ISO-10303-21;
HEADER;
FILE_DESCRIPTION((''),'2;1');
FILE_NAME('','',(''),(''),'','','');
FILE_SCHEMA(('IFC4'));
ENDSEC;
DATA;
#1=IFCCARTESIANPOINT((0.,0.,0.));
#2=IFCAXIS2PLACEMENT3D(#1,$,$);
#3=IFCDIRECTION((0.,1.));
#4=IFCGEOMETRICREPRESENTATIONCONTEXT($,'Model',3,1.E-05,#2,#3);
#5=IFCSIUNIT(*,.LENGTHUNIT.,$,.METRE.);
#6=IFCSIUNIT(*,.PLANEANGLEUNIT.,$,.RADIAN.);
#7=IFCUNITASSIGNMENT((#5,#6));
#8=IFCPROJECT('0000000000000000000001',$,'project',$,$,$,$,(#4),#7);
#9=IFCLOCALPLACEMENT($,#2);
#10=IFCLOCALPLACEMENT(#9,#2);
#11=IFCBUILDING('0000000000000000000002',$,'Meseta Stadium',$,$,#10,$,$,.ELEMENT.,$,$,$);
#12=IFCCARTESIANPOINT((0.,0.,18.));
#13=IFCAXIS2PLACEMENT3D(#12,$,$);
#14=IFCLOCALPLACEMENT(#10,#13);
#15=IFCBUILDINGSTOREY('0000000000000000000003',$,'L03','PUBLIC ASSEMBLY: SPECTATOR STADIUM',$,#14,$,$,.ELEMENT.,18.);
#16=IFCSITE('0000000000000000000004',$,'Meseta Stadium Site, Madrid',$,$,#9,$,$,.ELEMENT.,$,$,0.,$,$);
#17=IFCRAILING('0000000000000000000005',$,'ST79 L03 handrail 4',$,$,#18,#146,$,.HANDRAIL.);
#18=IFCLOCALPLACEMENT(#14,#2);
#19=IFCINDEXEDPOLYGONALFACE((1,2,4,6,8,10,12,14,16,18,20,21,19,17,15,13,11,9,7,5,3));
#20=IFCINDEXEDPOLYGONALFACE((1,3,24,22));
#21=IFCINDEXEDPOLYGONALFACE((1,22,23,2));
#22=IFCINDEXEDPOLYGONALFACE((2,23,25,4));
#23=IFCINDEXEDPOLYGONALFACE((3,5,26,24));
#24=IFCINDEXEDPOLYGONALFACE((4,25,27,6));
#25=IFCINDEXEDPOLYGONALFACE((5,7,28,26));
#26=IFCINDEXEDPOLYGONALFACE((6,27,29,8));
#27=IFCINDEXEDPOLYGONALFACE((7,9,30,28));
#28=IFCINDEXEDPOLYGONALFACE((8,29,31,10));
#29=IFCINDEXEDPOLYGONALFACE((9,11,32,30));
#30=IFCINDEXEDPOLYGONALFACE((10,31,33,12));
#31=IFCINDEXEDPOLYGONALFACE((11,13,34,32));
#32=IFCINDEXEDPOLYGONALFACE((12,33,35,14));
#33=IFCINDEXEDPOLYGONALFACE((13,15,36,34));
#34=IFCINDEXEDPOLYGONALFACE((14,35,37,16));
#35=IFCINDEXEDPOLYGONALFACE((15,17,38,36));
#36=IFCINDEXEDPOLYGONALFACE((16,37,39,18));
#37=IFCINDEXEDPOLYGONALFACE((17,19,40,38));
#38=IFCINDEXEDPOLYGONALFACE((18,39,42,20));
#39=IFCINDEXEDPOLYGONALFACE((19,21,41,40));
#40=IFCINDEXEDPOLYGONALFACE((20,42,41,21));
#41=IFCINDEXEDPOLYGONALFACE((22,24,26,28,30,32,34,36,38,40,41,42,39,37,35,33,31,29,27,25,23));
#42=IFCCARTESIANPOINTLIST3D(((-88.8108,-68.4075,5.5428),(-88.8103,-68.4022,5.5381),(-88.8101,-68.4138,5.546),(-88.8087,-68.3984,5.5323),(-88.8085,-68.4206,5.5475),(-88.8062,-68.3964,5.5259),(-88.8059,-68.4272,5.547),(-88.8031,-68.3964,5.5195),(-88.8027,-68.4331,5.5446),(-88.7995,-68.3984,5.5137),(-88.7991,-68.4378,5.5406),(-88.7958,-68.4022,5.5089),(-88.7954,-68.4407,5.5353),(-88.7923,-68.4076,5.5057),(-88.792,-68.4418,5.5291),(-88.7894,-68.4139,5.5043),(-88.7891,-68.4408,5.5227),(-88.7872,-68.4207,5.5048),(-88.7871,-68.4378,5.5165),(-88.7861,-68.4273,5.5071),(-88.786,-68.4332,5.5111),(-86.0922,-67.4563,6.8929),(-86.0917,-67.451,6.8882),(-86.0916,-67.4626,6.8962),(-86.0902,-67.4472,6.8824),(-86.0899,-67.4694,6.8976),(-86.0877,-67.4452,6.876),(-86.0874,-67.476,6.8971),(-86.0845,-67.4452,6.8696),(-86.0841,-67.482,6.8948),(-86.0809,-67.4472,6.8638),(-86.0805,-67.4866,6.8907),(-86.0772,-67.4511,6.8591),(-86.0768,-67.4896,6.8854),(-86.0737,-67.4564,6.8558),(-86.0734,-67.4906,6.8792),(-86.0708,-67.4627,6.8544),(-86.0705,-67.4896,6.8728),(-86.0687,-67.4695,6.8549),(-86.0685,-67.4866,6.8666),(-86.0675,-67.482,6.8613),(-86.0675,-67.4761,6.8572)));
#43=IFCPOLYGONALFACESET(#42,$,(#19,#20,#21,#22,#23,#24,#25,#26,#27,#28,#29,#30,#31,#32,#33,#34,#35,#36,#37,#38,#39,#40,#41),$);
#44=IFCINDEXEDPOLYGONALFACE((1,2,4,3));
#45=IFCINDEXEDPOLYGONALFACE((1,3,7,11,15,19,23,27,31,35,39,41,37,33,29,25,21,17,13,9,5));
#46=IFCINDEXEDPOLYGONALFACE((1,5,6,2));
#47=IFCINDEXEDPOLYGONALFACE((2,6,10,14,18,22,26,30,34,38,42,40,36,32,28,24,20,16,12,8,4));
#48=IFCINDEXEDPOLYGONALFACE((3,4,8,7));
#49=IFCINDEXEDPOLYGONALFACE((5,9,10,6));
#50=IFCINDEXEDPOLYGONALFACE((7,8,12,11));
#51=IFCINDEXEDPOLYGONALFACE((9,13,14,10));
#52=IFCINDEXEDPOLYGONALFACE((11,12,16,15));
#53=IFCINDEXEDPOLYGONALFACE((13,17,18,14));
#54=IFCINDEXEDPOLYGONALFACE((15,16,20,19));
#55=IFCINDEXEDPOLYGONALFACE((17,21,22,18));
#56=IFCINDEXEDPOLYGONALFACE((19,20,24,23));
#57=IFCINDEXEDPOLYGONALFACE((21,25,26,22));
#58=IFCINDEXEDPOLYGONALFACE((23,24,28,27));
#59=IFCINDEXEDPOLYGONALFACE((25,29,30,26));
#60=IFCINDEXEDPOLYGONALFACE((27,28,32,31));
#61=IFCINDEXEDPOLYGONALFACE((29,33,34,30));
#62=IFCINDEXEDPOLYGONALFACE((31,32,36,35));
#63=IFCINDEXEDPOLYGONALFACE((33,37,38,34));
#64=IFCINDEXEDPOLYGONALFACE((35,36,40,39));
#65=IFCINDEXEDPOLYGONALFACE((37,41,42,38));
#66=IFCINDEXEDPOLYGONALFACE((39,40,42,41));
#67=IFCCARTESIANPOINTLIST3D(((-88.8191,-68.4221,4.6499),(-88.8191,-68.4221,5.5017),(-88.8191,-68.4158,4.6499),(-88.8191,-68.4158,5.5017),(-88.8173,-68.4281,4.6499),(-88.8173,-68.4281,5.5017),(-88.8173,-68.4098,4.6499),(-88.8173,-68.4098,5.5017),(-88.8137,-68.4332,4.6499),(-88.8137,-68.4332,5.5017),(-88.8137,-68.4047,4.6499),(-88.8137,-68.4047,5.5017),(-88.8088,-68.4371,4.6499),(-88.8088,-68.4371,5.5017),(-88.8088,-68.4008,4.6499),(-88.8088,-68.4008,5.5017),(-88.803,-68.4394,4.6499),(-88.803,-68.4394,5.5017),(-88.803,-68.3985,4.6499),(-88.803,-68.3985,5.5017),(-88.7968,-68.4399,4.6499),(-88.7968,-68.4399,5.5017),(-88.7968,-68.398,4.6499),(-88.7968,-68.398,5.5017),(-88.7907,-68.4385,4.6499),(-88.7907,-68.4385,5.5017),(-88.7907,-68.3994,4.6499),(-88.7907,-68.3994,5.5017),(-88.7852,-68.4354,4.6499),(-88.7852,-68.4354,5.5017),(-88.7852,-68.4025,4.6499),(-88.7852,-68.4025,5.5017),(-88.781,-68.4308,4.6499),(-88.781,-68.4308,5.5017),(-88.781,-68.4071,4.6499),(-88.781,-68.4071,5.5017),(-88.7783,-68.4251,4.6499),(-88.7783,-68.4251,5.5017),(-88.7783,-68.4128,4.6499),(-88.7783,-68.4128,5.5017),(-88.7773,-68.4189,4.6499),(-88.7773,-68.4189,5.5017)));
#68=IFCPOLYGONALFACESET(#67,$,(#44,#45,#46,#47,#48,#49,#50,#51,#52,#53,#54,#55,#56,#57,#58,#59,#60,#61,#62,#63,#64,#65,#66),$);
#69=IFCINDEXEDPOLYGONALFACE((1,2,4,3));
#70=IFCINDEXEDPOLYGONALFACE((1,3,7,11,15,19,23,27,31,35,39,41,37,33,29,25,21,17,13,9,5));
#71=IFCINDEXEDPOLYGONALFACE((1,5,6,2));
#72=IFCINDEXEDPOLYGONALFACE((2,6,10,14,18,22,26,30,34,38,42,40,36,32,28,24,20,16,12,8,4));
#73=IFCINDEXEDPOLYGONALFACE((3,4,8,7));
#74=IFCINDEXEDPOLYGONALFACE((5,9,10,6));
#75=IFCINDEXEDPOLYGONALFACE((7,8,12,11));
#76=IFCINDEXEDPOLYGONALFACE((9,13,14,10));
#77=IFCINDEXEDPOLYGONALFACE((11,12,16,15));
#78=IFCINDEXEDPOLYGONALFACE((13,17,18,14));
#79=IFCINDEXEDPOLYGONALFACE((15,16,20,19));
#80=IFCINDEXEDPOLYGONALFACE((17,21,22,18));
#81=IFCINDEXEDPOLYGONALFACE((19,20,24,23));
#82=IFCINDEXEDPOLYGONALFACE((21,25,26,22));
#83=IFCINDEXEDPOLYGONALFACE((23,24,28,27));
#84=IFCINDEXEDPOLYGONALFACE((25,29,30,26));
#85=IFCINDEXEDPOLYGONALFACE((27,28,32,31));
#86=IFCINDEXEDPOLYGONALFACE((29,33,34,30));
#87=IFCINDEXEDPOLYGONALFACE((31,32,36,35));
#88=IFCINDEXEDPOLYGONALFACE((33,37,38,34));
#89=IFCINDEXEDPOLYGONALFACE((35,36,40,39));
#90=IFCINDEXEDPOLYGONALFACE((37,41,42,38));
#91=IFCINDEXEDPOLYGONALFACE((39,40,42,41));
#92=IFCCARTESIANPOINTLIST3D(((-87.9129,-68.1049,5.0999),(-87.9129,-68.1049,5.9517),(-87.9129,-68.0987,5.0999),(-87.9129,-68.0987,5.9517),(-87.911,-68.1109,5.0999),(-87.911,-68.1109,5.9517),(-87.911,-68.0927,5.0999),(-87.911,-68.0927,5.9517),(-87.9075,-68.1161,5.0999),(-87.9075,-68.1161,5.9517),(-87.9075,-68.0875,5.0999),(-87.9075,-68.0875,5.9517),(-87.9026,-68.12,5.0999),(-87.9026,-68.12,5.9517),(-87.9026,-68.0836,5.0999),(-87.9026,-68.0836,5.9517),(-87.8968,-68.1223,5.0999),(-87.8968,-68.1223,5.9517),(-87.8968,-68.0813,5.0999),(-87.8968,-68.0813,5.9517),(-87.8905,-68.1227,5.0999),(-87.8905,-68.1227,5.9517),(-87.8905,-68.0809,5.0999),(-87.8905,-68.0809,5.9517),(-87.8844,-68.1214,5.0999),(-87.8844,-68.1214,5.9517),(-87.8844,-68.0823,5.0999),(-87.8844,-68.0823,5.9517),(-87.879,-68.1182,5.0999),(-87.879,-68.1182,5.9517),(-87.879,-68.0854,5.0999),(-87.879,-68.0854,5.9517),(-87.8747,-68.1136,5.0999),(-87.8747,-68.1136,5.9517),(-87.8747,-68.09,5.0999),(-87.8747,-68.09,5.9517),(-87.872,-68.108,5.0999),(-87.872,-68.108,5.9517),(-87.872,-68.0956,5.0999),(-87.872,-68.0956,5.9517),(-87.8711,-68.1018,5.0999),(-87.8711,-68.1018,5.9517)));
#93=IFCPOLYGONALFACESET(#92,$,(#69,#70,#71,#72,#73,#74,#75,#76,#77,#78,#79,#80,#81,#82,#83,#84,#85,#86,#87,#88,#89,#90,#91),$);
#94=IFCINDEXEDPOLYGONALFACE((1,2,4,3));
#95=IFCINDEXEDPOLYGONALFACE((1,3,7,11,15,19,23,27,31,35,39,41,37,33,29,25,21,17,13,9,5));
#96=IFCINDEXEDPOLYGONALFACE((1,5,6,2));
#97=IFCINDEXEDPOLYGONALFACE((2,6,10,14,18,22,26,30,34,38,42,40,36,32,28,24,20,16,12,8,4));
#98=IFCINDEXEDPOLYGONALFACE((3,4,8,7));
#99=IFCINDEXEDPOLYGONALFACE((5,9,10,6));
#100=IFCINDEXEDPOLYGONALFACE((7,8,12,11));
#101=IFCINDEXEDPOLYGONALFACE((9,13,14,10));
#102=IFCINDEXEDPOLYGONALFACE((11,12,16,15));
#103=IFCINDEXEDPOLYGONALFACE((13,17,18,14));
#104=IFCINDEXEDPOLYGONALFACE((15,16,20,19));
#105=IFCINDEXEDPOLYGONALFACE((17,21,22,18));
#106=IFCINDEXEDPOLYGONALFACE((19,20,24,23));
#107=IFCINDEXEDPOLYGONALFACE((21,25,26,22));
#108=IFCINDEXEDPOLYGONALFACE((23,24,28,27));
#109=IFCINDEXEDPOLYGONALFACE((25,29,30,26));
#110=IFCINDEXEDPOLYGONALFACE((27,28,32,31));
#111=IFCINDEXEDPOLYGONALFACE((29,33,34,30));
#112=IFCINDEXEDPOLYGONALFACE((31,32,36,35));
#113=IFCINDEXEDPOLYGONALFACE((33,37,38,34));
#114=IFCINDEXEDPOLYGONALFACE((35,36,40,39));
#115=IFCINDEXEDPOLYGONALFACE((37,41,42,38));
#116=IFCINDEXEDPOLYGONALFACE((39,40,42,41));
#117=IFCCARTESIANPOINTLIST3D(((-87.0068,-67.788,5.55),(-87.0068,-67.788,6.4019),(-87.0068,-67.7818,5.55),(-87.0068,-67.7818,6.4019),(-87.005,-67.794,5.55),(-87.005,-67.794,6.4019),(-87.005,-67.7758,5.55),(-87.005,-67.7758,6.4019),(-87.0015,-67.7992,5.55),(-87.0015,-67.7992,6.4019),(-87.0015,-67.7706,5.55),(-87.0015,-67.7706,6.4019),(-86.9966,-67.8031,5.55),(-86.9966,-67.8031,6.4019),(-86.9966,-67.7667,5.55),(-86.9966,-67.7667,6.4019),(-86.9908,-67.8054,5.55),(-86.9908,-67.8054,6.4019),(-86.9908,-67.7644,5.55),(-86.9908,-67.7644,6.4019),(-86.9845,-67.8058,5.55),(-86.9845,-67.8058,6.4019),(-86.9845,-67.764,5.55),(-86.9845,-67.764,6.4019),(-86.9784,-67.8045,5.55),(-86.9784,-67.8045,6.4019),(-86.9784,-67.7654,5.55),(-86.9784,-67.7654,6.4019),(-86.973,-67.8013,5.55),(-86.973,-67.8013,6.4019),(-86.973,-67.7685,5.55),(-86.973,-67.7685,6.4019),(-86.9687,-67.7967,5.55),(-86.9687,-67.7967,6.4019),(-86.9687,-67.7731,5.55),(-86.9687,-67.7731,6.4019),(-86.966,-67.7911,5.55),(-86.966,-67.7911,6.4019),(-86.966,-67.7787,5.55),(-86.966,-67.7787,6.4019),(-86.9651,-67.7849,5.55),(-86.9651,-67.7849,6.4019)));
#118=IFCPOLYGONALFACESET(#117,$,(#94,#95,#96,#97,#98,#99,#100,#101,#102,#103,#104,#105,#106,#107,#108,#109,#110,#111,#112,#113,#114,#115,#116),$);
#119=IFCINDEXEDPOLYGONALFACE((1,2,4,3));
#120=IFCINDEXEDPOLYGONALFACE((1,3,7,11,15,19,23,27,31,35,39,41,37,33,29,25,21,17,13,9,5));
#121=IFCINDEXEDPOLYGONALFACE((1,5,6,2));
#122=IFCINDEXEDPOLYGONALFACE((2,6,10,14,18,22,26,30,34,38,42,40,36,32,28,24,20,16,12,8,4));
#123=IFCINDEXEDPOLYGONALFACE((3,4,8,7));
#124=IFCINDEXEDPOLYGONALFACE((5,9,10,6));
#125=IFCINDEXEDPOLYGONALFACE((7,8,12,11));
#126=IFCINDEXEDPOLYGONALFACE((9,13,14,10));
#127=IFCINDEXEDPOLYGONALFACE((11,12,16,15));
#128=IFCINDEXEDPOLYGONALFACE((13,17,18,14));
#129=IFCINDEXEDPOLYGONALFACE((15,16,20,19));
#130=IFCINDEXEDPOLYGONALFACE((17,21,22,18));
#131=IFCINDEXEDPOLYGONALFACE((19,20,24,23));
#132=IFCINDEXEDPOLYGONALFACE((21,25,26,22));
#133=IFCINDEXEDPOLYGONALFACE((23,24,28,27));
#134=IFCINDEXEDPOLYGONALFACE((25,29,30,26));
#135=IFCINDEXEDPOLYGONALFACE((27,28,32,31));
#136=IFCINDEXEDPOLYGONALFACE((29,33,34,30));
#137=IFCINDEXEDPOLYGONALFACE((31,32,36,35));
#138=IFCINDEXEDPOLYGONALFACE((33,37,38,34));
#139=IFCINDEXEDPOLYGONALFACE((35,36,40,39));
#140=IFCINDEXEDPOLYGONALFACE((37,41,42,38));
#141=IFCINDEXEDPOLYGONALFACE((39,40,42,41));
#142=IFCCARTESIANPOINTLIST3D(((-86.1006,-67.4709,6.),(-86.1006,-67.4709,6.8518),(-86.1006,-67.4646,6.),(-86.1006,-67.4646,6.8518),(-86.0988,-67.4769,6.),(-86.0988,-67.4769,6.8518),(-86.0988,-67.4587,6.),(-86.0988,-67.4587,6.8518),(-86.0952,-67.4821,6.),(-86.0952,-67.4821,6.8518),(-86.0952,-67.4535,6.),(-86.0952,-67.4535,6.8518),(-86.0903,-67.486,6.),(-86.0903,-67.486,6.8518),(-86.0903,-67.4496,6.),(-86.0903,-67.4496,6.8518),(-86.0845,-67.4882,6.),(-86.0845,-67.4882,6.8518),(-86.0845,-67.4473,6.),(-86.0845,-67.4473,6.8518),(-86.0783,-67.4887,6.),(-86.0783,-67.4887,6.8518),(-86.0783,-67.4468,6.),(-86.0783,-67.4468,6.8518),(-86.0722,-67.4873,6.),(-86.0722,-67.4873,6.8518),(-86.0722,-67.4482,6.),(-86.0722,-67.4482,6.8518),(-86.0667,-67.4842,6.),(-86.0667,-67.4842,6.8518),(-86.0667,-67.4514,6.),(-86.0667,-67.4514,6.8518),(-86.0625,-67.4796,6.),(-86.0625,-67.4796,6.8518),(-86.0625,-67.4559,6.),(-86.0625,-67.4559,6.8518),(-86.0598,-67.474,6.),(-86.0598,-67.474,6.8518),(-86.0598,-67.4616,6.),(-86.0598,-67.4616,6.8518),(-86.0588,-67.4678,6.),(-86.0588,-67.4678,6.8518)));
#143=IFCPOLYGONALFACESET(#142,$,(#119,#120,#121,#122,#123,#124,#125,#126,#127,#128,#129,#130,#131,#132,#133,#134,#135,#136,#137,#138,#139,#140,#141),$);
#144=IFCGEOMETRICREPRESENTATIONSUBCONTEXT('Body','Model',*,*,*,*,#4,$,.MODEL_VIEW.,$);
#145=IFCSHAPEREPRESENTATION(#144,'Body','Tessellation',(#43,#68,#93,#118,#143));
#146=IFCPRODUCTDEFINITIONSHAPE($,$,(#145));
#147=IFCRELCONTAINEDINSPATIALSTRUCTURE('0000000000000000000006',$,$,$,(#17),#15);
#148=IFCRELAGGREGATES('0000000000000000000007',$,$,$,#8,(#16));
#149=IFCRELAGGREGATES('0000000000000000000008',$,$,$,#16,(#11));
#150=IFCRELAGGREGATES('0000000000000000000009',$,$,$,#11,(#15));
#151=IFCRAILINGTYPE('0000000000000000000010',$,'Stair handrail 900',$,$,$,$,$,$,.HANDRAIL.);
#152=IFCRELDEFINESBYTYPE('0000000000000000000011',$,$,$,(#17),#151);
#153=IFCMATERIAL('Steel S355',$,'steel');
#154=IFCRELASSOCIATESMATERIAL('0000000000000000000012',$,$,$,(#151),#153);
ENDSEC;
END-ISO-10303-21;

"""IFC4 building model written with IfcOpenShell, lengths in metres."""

from ifc_helpers import new_model, si_unit, direction, frame, origin, origin_2d, place, context, subcontext, project, spatial, circle, extrude, material, type_object, element, save


model = new_model("IFC4")

# Units and contexts
model_context = context("Model", 3, precision=1e-05, world=origin(), true_north=direction((0.0, 1.0)))
body_context = subcontext(model_context, "Body", "Model", "MODEL_VIEW")
ifc_project = project(units=[si_unit("LENGTHUNIT", "METRE"), si_unit("PLANEANGLEUNIT", "RADIAN")], contexts=[model_context])

# Site, building, storey
site_placement = place(None, origin())
site = spatial("IfcSite", under=ifc_project, at=site_placement, Name="Meseta Stadium Site, Madrid", CompositionType="ELEMENT", RefElevation=0.0)
building_placement = place(site_placement, origin())
building = spatial("IfcBuilding", under=site, at=building_placement, Name="Meseta Stadium", CompositionType="ELEMENT")
storey_placement = place(building_placement, frame((0.0, 0.0, 18.0)))
storey = spatial("IfcBuildingStorey", under=building, at=storey_placement, Name="L03", Description="PUBLIC ASSEMBLY: SPECTATOR STADIUM", CompositionType="ELEMENT", Elevation=18.0)

# Railing
ifc_material_1 = material(Name="Steel S355", Category="steel")
railing_type_1 = type_object("IfcRailingType", Name="Stair handrail 900", PredefinedType="HANDRAIL", material=ifc_material_1)
for number, where, name in (
    (1, (-88.7983, -68.4189, 4.6499), "ST79 L03 handrail 4"),
):
    element("IfcRailing", number, at=place(storey_placement, frame(where)), inside=storey, type_object=railing_type_1, Name=name, PredefinedType="HANDRAIL", context=body_context, shape_type="SweptSolid", body=[
        extrude(circle(Radius=0.0239, at=origin_2d()), frame((0.0, 0.0, 0.876), z_axis=(0.854649, 0.299031, 0.424446), x_axis=(-0.330256, 0.943891, 0.0)), (0.0, 0.0, 1.0), 3.1809),
        extrude(circle(Radius=0.021, at=origin_2d()), origin(), (0.0, 0.0, 1.0), 0.8518),
        extrude(circle(Radius=0.021, at=origin_2d()), frame((0.9062, 0.3171, 0.45)), (0.0, 0.0, 1.0), 0.8518),
        extrude(circle(Radius=0.021, at=origin_2d()), frame((1.8123, 0.634, 0.9001)), (0.0, 0.0, 1.0), 0.8518),
        extrude(circle(Radius=0.021, at=origin_2d()), frame((2.7185, 0.9512, 1.3501)), (0.0, 0.0, 1.0), 0.8518),
    ])

save(model, "model.ifc")
